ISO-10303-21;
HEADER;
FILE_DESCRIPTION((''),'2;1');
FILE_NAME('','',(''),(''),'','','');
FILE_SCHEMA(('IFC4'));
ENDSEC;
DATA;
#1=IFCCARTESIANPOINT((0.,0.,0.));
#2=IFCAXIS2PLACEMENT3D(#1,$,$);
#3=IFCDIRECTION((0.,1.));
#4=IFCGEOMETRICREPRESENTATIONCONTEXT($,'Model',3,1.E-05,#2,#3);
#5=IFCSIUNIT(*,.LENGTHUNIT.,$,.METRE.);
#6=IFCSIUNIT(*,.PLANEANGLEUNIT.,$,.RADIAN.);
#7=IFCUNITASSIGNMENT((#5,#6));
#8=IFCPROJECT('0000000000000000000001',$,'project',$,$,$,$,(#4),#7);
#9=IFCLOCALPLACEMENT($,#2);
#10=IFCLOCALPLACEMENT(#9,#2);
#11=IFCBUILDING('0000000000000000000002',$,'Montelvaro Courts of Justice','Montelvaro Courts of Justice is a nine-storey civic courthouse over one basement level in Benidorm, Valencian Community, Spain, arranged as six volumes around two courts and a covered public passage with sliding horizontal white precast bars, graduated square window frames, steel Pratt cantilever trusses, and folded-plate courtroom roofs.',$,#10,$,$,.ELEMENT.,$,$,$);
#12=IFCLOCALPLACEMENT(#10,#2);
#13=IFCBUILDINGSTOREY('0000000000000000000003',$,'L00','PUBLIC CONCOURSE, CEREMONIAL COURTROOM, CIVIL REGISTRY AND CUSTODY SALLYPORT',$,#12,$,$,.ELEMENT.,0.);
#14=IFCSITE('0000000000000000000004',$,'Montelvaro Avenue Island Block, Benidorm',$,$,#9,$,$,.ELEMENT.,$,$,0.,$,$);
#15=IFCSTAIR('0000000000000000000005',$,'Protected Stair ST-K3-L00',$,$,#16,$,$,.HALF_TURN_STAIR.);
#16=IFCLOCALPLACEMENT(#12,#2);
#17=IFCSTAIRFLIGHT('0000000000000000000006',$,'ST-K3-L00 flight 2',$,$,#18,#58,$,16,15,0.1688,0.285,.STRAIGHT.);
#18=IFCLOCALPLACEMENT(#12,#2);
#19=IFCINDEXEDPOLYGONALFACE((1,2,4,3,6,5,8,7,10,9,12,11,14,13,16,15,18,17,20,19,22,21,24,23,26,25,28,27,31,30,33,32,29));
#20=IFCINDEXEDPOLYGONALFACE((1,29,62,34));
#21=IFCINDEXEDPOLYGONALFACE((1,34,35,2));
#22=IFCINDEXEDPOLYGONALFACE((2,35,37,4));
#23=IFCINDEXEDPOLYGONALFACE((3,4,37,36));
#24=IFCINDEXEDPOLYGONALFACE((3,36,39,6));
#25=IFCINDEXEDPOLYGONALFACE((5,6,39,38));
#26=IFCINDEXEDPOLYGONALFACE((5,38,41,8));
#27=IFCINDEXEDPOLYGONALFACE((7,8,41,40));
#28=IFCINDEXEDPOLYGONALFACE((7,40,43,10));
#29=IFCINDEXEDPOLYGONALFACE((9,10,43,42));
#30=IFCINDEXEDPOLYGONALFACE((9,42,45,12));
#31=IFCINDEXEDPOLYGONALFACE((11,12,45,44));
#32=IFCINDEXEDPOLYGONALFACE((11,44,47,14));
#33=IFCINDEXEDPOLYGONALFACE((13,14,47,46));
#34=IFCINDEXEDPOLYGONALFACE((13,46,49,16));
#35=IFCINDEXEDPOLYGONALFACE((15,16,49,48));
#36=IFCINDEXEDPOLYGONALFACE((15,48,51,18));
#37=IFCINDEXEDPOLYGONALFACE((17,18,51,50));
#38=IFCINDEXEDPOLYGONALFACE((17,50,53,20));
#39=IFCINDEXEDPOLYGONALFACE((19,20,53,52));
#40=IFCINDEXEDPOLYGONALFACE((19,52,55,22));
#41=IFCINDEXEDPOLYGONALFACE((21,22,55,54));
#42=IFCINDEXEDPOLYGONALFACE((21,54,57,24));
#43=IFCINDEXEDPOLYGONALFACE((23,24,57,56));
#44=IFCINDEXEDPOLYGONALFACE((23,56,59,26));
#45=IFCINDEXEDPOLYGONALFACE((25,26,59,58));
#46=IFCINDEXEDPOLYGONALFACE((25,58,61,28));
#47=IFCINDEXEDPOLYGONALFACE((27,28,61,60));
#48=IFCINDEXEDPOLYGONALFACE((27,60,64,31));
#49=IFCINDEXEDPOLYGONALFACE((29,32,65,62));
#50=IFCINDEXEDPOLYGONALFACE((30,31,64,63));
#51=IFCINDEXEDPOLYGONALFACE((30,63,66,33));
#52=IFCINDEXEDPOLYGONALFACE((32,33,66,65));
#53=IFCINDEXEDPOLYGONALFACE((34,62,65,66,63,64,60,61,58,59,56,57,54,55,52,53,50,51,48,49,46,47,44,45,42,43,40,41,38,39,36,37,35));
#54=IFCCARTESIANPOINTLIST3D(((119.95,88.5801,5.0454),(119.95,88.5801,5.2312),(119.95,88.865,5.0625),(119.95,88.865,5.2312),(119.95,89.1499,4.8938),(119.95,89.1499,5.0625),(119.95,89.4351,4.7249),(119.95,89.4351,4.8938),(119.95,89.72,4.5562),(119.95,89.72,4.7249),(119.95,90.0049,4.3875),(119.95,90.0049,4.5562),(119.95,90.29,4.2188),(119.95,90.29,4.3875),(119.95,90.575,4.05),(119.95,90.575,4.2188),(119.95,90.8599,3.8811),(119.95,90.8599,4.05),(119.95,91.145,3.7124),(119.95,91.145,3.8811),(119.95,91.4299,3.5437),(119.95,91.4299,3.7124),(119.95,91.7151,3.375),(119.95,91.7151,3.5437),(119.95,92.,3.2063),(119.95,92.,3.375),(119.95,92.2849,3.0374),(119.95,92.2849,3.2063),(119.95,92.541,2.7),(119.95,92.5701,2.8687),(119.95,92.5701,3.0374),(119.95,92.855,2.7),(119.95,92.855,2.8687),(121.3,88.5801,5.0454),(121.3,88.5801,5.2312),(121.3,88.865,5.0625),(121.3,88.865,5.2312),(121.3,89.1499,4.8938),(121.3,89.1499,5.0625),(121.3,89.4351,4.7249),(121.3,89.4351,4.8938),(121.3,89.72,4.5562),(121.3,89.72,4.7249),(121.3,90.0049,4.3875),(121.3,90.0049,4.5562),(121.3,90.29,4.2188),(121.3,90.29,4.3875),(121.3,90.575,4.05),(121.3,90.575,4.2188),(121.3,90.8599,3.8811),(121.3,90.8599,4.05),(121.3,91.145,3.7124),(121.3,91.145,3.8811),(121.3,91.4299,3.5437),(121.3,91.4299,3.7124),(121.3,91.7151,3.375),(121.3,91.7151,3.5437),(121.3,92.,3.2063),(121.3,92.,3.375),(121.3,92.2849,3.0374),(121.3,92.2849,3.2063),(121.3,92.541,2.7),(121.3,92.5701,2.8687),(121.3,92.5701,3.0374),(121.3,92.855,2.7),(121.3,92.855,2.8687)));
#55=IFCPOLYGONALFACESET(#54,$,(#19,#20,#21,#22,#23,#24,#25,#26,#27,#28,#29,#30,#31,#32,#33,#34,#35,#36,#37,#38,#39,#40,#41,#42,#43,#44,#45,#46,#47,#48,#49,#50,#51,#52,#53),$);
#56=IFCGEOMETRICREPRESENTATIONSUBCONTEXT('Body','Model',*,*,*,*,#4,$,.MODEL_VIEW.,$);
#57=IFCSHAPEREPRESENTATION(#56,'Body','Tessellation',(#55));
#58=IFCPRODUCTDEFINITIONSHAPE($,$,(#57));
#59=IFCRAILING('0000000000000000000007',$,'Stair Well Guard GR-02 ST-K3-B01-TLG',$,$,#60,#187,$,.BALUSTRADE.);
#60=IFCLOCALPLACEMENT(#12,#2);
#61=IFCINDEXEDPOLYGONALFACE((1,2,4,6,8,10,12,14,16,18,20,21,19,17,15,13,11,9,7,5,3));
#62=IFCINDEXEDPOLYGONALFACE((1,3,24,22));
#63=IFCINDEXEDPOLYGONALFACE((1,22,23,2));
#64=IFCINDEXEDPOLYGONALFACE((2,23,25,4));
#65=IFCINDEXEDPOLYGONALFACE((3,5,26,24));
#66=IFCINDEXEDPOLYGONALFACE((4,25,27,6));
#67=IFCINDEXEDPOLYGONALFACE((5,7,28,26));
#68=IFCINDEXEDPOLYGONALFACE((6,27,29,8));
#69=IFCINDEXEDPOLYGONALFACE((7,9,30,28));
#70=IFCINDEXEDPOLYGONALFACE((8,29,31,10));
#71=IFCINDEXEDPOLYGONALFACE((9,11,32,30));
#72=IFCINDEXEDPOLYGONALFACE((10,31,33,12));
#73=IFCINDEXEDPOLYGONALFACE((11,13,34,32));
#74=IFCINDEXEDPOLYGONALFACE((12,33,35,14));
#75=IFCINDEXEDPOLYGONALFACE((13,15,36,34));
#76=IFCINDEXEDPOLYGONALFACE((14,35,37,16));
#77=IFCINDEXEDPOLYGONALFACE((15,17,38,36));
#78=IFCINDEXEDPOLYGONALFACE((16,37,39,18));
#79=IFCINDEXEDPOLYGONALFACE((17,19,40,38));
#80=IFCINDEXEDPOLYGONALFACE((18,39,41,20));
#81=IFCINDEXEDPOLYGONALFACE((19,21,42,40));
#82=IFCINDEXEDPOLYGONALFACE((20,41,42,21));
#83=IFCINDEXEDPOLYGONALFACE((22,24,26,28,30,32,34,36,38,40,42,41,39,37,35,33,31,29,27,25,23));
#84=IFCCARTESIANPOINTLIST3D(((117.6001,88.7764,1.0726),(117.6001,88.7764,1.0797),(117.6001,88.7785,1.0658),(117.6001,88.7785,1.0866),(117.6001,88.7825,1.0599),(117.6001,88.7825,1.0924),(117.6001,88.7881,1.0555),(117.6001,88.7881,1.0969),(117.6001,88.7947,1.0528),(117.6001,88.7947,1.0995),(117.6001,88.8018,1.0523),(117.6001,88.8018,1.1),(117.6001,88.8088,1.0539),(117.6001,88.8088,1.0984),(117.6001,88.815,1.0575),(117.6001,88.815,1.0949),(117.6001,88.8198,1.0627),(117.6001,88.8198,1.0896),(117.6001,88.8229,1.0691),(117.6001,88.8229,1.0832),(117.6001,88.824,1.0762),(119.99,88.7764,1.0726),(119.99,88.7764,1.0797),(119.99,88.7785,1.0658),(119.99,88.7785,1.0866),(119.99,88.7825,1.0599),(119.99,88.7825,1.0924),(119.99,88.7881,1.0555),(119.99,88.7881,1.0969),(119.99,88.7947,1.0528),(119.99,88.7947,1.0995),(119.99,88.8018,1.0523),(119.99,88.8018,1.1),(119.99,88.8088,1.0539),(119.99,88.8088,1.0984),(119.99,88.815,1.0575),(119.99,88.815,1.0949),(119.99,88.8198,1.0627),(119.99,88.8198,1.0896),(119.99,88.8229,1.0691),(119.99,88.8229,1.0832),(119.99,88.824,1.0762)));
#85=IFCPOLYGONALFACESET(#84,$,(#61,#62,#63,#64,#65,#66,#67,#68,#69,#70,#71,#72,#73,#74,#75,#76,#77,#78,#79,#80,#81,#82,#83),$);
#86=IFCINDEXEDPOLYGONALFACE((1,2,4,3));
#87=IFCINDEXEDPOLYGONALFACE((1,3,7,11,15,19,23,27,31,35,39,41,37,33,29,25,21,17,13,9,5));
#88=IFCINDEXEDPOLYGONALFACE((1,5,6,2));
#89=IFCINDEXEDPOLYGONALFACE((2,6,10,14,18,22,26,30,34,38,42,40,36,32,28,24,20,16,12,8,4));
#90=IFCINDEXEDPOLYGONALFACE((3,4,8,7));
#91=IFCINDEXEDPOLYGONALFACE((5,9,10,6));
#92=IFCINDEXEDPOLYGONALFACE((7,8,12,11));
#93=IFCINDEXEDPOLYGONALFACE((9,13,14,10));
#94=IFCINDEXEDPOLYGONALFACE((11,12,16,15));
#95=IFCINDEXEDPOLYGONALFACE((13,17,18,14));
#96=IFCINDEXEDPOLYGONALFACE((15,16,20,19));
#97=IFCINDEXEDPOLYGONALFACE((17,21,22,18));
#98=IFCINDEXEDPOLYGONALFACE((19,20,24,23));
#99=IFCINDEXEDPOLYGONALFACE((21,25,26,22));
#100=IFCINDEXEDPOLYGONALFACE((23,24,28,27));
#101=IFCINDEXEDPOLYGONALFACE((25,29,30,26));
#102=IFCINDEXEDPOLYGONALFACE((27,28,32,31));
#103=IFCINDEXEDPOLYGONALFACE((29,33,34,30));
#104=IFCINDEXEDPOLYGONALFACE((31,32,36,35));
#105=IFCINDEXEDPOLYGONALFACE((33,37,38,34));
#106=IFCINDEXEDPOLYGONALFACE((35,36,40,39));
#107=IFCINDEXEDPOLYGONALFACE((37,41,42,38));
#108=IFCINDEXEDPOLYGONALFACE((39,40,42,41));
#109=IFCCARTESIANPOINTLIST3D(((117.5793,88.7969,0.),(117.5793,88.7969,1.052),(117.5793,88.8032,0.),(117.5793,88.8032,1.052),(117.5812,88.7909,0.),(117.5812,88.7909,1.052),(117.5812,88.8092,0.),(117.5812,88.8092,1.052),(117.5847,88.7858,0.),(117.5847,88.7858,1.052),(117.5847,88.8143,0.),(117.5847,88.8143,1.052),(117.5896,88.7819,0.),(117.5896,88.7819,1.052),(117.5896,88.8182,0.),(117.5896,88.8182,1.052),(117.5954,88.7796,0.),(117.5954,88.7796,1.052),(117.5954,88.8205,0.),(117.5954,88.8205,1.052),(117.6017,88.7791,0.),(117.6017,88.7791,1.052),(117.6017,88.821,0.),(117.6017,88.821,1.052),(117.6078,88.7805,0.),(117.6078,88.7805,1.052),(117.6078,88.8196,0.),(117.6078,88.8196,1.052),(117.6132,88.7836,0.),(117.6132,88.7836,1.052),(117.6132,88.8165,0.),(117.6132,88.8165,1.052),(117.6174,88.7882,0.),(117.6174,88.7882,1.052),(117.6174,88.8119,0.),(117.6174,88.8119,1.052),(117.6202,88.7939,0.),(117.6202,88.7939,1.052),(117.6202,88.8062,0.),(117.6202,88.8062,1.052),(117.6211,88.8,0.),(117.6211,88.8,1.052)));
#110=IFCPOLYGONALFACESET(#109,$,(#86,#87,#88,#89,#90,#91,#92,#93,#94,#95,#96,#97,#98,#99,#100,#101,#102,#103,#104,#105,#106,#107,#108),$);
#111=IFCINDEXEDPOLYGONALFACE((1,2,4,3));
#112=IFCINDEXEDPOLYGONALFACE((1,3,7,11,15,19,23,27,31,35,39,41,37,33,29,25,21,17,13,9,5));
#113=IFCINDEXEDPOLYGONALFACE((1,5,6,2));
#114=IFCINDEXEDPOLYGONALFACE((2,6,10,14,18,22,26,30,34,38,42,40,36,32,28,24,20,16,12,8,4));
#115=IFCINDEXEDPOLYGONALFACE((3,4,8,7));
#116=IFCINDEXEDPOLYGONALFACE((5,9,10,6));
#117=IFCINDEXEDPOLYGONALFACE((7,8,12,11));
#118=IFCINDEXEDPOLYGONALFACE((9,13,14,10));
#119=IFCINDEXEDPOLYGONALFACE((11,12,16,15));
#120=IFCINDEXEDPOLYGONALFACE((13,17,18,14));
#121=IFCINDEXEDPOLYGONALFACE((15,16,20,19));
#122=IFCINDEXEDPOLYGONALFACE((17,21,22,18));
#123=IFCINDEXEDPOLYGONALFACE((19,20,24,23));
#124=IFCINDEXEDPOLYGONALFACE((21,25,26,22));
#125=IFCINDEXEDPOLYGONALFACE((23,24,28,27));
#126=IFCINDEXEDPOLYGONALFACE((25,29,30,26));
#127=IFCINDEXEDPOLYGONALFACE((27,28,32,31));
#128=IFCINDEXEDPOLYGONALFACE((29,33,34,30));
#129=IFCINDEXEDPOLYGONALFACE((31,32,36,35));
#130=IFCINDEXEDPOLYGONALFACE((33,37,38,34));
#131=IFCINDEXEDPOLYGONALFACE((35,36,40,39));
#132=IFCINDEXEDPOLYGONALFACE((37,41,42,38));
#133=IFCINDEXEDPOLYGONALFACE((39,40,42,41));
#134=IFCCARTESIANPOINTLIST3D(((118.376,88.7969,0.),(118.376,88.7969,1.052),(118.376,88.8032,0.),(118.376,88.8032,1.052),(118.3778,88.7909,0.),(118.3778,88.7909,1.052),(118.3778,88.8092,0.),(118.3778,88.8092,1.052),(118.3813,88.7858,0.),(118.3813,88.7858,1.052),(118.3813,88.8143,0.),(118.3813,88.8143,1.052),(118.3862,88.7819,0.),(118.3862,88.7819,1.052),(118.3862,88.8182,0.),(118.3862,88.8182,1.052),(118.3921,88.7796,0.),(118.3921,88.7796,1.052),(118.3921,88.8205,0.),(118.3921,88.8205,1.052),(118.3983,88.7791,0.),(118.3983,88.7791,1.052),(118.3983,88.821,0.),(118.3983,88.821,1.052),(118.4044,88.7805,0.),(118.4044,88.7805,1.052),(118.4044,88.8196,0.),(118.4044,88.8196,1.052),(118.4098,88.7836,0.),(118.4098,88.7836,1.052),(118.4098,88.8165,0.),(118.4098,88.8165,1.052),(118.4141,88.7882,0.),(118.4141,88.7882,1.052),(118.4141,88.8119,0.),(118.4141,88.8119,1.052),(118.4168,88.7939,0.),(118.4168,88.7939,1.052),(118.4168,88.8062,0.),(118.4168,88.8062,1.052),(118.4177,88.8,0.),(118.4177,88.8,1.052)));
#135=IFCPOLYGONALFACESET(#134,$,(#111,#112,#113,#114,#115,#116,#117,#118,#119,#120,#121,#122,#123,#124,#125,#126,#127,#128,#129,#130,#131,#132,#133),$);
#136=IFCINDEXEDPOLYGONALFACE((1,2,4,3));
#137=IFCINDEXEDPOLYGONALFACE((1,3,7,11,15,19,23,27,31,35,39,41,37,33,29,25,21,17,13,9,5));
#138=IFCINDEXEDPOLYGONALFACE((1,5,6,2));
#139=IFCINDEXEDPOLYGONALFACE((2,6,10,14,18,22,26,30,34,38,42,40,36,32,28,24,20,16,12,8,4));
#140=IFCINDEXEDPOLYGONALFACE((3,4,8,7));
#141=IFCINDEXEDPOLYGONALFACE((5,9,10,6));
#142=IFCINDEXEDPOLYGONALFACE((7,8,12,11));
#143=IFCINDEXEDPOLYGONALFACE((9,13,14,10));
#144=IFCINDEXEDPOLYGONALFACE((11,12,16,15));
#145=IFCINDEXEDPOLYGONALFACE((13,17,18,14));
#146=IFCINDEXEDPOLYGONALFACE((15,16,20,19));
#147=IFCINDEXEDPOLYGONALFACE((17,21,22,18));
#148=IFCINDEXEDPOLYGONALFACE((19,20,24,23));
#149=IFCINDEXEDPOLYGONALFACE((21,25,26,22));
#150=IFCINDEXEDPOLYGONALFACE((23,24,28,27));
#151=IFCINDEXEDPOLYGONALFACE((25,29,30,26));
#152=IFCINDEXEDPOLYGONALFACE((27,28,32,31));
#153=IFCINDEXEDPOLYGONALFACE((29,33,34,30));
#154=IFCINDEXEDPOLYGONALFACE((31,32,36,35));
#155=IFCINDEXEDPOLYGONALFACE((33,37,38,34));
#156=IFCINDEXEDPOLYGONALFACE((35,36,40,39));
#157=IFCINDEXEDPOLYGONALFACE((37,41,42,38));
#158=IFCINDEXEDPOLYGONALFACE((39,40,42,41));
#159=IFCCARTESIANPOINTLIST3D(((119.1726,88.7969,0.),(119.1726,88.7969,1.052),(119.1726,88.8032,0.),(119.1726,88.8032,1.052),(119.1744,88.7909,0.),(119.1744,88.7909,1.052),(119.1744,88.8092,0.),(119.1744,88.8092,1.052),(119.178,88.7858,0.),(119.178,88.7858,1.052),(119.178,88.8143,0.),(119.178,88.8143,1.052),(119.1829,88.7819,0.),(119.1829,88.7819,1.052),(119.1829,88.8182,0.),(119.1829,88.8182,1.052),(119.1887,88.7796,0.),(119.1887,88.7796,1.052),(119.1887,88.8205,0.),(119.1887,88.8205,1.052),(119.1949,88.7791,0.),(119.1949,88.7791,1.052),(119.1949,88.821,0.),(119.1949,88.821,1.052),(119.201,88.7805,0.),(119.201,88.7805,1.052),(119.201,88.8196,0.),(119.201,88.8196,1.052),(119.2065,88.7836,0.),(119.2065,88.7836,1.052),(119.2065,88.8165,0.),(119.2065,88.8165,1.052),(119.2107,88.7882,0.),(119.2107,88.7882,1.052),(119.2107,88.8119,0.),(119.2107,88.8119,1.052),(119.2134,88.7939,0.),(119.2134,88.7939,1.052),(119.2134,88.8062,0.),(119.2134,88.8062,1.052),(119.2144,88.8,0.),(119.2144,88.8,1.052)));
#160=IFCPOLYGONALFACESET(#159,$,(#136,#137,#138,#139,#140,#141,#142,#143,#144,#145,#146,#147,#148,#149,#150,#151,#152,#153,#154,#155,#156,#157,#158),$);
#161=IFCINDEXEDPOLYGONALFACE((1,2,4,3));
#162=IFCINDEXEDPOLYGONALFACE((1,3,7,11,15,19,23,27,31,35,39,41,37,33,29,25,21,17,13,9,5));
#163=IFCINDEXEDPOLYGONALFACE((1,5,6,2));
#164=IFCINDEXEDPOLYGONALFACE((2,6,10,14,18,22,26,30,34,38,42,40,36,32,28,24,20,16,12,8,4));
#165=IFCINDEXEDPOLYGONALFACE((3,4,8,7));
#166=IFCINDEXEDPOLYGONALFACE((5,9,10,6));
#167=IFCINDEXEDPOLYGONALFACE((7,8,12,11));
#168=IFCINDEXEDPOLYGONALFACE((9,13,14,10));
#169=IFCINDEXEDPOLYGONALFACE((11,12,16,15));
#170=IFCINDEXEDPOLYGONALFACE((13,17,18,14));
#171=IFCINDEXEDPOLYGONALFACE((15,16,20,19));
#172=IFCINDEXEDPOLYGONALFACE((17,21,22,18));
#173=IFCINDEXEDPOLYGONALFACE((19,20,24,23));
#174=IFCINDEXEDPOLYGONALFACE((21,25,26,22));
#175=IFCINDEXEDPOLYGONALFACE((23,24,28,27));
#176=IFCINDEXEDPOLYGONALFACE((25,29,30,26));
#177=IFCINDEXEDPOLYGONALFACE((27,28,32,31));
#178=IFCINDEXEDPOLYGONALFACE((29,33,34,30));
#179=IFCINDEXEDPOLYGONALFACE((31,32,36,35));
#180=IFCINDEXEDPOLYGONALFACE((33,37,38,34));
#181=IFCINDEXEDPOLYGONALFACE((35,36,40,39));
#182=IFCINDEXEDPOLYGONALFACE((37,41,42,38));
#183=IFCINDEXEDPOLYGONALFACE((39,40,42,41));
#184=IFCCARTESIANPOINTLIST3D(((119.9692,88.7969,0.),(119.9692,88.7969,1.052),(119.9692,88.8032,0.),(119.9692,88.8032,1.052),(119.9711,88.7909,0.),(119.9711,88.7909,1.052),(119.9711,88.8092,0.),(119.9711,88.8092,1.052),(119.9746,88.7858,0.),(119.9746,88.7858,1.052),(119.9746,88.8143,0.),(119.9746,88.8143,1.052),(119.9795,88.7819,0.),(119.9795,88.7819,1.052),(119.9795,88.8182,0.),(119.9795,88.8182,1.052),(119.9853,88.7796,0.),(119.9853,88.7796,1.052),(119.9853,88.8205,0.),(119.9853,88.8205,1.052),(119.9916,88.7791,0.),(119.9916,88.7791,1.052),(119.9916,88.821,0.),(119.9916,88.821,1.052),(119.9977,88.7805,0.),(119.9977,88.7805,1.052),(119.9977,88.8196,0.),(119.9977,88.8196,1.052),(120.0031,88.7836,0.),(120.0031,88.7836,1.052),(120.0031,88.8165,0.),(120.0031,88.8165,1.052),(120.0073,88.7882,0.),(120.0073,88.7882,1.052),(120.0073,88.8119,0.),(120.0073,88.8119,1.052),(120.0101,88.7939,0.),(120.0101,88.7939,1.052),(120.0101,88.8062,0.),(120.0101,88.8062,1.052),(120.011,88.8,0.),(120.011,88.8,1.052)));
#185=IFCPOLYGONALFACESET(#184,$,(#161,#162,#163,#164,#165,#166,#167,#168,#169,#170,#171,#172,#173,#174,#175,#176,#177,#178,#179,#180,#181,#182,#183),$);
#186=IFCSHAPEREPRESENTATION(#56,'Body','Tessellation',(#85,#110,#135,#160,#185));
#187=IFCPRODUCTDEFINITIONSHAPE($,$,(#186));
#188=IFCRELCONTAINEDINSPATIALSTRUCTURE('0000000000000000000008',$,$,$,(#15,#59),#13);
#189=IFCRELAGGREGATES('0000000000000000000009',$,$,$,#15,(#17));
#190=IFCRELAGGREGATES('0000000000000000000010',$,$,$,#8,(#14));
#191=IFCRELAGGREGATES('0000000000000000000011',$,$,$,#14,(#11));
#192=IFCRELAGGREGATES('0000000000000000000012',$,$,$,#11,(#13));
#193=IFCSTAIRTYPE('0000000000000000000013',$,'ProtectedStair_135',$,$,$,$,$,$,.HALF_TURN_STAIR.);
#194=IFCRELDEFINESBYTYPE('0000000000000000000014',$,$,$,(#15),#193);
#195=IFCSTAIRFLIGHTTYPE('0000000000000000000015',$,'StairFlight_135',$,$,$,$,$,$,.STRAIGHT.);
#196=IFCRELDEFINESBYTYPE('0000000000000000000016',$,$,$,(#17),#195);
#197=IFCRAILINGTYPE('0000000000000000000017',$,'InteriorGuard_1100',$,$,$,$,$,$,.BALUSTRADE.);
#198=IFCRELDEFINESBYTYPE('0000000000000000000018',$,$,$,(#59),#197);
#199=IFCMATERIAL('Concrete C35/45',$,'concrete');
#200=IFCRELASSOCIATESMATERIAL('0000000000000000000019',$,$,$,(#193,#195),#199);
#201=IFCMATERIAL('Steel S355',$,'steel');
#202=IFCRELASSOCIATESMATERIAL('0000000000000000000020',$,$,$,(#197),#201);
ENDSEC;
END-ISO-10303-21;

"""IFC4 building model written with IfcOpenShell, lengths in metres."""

from ifc_helpers import new_model, si_unit, direction, frame, origin, origin_2d, place, context, subcontext, project, spatial, polyline, circle, outline, extrude, material, type_object, element, aggregate, save


model = new_model("IFC4")

# Units and contexts
model_context = context("Model", 3, precision=1e-05, world=origin(), true_north=direction((0.0, 1.0)))
body_context = subcontext(model_context, "Body", "Model", "MODEL_VIEW")
ifc_project = project(units=[si_unit("LENGTHUNIT", "METRE"), si_unit("PLANEANGLEUNIT", "RADIAN")], contexts=[model_context])

# Site, building, storey
site_placement = place(None, origin())
site = spatial("IfcSite", under=ifc_project, at=site_placement, Name="Montelvaro Avenue Island Block, Benidorm", CompositionType="ELEMENT", RefElevation=0.0)
building_placement = place(site_placement, origin())
building = spatial("IfcBuilding", under=site, at=building_placement, Name="Montelvaro Courts of Justice", Description="Montelvaro Courts of Justice is a nine-storey civic courthouse over one basement level in Benidorm, Valencian Community, Spain, arranged as six volumes around two courts and a covered public passage with sliding horizontal white precast bars, graduated square window frames, steel Pratt cantilever trusses, and folded-plate courtroom roofs.", CompositionType="ELEMENT")
storey_placement = place(building_placement, origin())
storey = spatial("IfcBuildingStorey", under=building, at=storey_placement, Name="L00", Description="PUBLIC CONCOURSE, CEREMONIAL COURTROOM, CIVIL REGISTRY AND CUSTODY SALLYPORT", CompositionType="ELEMENT", Elevation=0.0)

# Shared definitions
ifc_material_1 = material(Name="Steel S355", Category="steel")

# Shared definitions
ifc_material_2 = material(Name="Concrete C35/45", Category="concrete")

# Stair, stair flight
stair_type = type_object("IfcStairType", Name="ProtectedStair_135", PredefinedType="HALF_TURN_STAIR", material=ifc_material_2)
stair_placement = place(storey_placement, origin())
stair = element("IfcStair", 1, at=stair_placement, inside=storey, type_object=stair_type, Name="Protected Stair ST-K3-L00", PredefinedType="HALF_TURN_STAIR")
stair_flight_type = type_object("IfcStairFlightType", Name="StairFlight_135", PredefinedType="STRAIGHT", material=ifc_material_2)
stair_flight_1_placement = place(storey_placement, frame((120.625, 92.855, 2.7), z_axis=(0.0, 0.0, 1.0), x_axis=(0.0, -1.0, 0.0)))
stair_flight_1 = element("IfcStairFlight", 2, at=stair_flight_1_placement, type_object=stair_flight_type, Name="ST-K3-L00 flight 2", NumberOfRisers=16, NumberOfTreads=15, PredefinedType="STRAIGHT", RiserHeight=0.1688, TreadLength=0.285, context=body_context, shape_type="SweptSolid", body=[
    extrude(outline(polyline([(0.0, 0.0), (0.0, 0.1687), (0.2849, 0.1687), (0.2849, 0.3374), (0.5701, 0.3374), (0.5701, 0.5063), (0.855, 0.5063), (0.855, 0.675), (1.1399, 0.675), (1.1399, 0.8438), (1.425, 0.8438), (1.425, 1.0125), (1.71, 1.0125), (1.71, 1.1812), (1.9951, 1.1812), (1.9951, 1.3501), (2.28, 1.3501), (2.28, 1.5188), (2.5649, 1.5188), (2.5649, 1.6875), (2.8501, 1.6875), (2.8501, 1.8562), (3.135, 1.8562), (3.135, 2.0249), (3.4199, 2.0249), (3.4199, 2.1938), (3.7051, 2.1938), (3.7051, 2.3625), (3.99, 2.3625), (3.99, 2.5312), (4.2749, 2.5312), (4.2749, 2.7), (4.2749, 2.3455), (0.314, 0.0), (0.0, 0.0)])), frame((0.0, 0.675, 0.0), z_axis=(0.0, -1.0, 0.0), x_axis=(1.0, 0.0, 0.0)), (0.0, 0.0, 1.0), 1.3501),
])
aggregate(stair, [stair_flight_1])

# Railing
railing_type_1 = type_object("IfcRailingType", Name="InteriorGuard_1100", PredefinedType="BALUSTRADE", material=ifc_material_1)
railing_1_placement = place(storey_placement, frame((117.6001, 88.8, 0.0)))
element("IfcRailing", 3, at=railing_1_placement, inside=storey, type_object=railing_type_1, Name="Stair Well Guard GR-02 ST-K3-B01-TLG", PredefinedType="BALUSTRADE", context=body_context, shape_type="SweptSolid", body=[
    extrude(circle(Radius=0.0239, at=origin_2d()), frame((0.0, 0.0, 1.0762), z_axis=(1.0, 0.0, 0.0), x_axis=(0.0, 1.0, 0.0)), (0.0, 0.0, 1.0), 2.3899),
    extrude(circle(Radius=0.021, at=origin_2d()), origin(), (0.0, 0.0, 1.0), 1.052),
    extrude(circle(Radius=0.021, at=origin_2d()), frame((0.7966, 0.0, 0.0)), (0.0, 0.0, 1.0), 1.052),
    extrude(circle(Radius=0.021, at=origin_2d()), frame((1.5933, 0.0, 0.0)), (0.0, 0.0, 1.0), 1.052),
    extrude(circle(Radius=0.021, at=origin_2d()), frame((2.3899, 0.0, 0.0)), (0.0, 0.0, 1.0), 1.052),
])

save(model, "model.ifc")
